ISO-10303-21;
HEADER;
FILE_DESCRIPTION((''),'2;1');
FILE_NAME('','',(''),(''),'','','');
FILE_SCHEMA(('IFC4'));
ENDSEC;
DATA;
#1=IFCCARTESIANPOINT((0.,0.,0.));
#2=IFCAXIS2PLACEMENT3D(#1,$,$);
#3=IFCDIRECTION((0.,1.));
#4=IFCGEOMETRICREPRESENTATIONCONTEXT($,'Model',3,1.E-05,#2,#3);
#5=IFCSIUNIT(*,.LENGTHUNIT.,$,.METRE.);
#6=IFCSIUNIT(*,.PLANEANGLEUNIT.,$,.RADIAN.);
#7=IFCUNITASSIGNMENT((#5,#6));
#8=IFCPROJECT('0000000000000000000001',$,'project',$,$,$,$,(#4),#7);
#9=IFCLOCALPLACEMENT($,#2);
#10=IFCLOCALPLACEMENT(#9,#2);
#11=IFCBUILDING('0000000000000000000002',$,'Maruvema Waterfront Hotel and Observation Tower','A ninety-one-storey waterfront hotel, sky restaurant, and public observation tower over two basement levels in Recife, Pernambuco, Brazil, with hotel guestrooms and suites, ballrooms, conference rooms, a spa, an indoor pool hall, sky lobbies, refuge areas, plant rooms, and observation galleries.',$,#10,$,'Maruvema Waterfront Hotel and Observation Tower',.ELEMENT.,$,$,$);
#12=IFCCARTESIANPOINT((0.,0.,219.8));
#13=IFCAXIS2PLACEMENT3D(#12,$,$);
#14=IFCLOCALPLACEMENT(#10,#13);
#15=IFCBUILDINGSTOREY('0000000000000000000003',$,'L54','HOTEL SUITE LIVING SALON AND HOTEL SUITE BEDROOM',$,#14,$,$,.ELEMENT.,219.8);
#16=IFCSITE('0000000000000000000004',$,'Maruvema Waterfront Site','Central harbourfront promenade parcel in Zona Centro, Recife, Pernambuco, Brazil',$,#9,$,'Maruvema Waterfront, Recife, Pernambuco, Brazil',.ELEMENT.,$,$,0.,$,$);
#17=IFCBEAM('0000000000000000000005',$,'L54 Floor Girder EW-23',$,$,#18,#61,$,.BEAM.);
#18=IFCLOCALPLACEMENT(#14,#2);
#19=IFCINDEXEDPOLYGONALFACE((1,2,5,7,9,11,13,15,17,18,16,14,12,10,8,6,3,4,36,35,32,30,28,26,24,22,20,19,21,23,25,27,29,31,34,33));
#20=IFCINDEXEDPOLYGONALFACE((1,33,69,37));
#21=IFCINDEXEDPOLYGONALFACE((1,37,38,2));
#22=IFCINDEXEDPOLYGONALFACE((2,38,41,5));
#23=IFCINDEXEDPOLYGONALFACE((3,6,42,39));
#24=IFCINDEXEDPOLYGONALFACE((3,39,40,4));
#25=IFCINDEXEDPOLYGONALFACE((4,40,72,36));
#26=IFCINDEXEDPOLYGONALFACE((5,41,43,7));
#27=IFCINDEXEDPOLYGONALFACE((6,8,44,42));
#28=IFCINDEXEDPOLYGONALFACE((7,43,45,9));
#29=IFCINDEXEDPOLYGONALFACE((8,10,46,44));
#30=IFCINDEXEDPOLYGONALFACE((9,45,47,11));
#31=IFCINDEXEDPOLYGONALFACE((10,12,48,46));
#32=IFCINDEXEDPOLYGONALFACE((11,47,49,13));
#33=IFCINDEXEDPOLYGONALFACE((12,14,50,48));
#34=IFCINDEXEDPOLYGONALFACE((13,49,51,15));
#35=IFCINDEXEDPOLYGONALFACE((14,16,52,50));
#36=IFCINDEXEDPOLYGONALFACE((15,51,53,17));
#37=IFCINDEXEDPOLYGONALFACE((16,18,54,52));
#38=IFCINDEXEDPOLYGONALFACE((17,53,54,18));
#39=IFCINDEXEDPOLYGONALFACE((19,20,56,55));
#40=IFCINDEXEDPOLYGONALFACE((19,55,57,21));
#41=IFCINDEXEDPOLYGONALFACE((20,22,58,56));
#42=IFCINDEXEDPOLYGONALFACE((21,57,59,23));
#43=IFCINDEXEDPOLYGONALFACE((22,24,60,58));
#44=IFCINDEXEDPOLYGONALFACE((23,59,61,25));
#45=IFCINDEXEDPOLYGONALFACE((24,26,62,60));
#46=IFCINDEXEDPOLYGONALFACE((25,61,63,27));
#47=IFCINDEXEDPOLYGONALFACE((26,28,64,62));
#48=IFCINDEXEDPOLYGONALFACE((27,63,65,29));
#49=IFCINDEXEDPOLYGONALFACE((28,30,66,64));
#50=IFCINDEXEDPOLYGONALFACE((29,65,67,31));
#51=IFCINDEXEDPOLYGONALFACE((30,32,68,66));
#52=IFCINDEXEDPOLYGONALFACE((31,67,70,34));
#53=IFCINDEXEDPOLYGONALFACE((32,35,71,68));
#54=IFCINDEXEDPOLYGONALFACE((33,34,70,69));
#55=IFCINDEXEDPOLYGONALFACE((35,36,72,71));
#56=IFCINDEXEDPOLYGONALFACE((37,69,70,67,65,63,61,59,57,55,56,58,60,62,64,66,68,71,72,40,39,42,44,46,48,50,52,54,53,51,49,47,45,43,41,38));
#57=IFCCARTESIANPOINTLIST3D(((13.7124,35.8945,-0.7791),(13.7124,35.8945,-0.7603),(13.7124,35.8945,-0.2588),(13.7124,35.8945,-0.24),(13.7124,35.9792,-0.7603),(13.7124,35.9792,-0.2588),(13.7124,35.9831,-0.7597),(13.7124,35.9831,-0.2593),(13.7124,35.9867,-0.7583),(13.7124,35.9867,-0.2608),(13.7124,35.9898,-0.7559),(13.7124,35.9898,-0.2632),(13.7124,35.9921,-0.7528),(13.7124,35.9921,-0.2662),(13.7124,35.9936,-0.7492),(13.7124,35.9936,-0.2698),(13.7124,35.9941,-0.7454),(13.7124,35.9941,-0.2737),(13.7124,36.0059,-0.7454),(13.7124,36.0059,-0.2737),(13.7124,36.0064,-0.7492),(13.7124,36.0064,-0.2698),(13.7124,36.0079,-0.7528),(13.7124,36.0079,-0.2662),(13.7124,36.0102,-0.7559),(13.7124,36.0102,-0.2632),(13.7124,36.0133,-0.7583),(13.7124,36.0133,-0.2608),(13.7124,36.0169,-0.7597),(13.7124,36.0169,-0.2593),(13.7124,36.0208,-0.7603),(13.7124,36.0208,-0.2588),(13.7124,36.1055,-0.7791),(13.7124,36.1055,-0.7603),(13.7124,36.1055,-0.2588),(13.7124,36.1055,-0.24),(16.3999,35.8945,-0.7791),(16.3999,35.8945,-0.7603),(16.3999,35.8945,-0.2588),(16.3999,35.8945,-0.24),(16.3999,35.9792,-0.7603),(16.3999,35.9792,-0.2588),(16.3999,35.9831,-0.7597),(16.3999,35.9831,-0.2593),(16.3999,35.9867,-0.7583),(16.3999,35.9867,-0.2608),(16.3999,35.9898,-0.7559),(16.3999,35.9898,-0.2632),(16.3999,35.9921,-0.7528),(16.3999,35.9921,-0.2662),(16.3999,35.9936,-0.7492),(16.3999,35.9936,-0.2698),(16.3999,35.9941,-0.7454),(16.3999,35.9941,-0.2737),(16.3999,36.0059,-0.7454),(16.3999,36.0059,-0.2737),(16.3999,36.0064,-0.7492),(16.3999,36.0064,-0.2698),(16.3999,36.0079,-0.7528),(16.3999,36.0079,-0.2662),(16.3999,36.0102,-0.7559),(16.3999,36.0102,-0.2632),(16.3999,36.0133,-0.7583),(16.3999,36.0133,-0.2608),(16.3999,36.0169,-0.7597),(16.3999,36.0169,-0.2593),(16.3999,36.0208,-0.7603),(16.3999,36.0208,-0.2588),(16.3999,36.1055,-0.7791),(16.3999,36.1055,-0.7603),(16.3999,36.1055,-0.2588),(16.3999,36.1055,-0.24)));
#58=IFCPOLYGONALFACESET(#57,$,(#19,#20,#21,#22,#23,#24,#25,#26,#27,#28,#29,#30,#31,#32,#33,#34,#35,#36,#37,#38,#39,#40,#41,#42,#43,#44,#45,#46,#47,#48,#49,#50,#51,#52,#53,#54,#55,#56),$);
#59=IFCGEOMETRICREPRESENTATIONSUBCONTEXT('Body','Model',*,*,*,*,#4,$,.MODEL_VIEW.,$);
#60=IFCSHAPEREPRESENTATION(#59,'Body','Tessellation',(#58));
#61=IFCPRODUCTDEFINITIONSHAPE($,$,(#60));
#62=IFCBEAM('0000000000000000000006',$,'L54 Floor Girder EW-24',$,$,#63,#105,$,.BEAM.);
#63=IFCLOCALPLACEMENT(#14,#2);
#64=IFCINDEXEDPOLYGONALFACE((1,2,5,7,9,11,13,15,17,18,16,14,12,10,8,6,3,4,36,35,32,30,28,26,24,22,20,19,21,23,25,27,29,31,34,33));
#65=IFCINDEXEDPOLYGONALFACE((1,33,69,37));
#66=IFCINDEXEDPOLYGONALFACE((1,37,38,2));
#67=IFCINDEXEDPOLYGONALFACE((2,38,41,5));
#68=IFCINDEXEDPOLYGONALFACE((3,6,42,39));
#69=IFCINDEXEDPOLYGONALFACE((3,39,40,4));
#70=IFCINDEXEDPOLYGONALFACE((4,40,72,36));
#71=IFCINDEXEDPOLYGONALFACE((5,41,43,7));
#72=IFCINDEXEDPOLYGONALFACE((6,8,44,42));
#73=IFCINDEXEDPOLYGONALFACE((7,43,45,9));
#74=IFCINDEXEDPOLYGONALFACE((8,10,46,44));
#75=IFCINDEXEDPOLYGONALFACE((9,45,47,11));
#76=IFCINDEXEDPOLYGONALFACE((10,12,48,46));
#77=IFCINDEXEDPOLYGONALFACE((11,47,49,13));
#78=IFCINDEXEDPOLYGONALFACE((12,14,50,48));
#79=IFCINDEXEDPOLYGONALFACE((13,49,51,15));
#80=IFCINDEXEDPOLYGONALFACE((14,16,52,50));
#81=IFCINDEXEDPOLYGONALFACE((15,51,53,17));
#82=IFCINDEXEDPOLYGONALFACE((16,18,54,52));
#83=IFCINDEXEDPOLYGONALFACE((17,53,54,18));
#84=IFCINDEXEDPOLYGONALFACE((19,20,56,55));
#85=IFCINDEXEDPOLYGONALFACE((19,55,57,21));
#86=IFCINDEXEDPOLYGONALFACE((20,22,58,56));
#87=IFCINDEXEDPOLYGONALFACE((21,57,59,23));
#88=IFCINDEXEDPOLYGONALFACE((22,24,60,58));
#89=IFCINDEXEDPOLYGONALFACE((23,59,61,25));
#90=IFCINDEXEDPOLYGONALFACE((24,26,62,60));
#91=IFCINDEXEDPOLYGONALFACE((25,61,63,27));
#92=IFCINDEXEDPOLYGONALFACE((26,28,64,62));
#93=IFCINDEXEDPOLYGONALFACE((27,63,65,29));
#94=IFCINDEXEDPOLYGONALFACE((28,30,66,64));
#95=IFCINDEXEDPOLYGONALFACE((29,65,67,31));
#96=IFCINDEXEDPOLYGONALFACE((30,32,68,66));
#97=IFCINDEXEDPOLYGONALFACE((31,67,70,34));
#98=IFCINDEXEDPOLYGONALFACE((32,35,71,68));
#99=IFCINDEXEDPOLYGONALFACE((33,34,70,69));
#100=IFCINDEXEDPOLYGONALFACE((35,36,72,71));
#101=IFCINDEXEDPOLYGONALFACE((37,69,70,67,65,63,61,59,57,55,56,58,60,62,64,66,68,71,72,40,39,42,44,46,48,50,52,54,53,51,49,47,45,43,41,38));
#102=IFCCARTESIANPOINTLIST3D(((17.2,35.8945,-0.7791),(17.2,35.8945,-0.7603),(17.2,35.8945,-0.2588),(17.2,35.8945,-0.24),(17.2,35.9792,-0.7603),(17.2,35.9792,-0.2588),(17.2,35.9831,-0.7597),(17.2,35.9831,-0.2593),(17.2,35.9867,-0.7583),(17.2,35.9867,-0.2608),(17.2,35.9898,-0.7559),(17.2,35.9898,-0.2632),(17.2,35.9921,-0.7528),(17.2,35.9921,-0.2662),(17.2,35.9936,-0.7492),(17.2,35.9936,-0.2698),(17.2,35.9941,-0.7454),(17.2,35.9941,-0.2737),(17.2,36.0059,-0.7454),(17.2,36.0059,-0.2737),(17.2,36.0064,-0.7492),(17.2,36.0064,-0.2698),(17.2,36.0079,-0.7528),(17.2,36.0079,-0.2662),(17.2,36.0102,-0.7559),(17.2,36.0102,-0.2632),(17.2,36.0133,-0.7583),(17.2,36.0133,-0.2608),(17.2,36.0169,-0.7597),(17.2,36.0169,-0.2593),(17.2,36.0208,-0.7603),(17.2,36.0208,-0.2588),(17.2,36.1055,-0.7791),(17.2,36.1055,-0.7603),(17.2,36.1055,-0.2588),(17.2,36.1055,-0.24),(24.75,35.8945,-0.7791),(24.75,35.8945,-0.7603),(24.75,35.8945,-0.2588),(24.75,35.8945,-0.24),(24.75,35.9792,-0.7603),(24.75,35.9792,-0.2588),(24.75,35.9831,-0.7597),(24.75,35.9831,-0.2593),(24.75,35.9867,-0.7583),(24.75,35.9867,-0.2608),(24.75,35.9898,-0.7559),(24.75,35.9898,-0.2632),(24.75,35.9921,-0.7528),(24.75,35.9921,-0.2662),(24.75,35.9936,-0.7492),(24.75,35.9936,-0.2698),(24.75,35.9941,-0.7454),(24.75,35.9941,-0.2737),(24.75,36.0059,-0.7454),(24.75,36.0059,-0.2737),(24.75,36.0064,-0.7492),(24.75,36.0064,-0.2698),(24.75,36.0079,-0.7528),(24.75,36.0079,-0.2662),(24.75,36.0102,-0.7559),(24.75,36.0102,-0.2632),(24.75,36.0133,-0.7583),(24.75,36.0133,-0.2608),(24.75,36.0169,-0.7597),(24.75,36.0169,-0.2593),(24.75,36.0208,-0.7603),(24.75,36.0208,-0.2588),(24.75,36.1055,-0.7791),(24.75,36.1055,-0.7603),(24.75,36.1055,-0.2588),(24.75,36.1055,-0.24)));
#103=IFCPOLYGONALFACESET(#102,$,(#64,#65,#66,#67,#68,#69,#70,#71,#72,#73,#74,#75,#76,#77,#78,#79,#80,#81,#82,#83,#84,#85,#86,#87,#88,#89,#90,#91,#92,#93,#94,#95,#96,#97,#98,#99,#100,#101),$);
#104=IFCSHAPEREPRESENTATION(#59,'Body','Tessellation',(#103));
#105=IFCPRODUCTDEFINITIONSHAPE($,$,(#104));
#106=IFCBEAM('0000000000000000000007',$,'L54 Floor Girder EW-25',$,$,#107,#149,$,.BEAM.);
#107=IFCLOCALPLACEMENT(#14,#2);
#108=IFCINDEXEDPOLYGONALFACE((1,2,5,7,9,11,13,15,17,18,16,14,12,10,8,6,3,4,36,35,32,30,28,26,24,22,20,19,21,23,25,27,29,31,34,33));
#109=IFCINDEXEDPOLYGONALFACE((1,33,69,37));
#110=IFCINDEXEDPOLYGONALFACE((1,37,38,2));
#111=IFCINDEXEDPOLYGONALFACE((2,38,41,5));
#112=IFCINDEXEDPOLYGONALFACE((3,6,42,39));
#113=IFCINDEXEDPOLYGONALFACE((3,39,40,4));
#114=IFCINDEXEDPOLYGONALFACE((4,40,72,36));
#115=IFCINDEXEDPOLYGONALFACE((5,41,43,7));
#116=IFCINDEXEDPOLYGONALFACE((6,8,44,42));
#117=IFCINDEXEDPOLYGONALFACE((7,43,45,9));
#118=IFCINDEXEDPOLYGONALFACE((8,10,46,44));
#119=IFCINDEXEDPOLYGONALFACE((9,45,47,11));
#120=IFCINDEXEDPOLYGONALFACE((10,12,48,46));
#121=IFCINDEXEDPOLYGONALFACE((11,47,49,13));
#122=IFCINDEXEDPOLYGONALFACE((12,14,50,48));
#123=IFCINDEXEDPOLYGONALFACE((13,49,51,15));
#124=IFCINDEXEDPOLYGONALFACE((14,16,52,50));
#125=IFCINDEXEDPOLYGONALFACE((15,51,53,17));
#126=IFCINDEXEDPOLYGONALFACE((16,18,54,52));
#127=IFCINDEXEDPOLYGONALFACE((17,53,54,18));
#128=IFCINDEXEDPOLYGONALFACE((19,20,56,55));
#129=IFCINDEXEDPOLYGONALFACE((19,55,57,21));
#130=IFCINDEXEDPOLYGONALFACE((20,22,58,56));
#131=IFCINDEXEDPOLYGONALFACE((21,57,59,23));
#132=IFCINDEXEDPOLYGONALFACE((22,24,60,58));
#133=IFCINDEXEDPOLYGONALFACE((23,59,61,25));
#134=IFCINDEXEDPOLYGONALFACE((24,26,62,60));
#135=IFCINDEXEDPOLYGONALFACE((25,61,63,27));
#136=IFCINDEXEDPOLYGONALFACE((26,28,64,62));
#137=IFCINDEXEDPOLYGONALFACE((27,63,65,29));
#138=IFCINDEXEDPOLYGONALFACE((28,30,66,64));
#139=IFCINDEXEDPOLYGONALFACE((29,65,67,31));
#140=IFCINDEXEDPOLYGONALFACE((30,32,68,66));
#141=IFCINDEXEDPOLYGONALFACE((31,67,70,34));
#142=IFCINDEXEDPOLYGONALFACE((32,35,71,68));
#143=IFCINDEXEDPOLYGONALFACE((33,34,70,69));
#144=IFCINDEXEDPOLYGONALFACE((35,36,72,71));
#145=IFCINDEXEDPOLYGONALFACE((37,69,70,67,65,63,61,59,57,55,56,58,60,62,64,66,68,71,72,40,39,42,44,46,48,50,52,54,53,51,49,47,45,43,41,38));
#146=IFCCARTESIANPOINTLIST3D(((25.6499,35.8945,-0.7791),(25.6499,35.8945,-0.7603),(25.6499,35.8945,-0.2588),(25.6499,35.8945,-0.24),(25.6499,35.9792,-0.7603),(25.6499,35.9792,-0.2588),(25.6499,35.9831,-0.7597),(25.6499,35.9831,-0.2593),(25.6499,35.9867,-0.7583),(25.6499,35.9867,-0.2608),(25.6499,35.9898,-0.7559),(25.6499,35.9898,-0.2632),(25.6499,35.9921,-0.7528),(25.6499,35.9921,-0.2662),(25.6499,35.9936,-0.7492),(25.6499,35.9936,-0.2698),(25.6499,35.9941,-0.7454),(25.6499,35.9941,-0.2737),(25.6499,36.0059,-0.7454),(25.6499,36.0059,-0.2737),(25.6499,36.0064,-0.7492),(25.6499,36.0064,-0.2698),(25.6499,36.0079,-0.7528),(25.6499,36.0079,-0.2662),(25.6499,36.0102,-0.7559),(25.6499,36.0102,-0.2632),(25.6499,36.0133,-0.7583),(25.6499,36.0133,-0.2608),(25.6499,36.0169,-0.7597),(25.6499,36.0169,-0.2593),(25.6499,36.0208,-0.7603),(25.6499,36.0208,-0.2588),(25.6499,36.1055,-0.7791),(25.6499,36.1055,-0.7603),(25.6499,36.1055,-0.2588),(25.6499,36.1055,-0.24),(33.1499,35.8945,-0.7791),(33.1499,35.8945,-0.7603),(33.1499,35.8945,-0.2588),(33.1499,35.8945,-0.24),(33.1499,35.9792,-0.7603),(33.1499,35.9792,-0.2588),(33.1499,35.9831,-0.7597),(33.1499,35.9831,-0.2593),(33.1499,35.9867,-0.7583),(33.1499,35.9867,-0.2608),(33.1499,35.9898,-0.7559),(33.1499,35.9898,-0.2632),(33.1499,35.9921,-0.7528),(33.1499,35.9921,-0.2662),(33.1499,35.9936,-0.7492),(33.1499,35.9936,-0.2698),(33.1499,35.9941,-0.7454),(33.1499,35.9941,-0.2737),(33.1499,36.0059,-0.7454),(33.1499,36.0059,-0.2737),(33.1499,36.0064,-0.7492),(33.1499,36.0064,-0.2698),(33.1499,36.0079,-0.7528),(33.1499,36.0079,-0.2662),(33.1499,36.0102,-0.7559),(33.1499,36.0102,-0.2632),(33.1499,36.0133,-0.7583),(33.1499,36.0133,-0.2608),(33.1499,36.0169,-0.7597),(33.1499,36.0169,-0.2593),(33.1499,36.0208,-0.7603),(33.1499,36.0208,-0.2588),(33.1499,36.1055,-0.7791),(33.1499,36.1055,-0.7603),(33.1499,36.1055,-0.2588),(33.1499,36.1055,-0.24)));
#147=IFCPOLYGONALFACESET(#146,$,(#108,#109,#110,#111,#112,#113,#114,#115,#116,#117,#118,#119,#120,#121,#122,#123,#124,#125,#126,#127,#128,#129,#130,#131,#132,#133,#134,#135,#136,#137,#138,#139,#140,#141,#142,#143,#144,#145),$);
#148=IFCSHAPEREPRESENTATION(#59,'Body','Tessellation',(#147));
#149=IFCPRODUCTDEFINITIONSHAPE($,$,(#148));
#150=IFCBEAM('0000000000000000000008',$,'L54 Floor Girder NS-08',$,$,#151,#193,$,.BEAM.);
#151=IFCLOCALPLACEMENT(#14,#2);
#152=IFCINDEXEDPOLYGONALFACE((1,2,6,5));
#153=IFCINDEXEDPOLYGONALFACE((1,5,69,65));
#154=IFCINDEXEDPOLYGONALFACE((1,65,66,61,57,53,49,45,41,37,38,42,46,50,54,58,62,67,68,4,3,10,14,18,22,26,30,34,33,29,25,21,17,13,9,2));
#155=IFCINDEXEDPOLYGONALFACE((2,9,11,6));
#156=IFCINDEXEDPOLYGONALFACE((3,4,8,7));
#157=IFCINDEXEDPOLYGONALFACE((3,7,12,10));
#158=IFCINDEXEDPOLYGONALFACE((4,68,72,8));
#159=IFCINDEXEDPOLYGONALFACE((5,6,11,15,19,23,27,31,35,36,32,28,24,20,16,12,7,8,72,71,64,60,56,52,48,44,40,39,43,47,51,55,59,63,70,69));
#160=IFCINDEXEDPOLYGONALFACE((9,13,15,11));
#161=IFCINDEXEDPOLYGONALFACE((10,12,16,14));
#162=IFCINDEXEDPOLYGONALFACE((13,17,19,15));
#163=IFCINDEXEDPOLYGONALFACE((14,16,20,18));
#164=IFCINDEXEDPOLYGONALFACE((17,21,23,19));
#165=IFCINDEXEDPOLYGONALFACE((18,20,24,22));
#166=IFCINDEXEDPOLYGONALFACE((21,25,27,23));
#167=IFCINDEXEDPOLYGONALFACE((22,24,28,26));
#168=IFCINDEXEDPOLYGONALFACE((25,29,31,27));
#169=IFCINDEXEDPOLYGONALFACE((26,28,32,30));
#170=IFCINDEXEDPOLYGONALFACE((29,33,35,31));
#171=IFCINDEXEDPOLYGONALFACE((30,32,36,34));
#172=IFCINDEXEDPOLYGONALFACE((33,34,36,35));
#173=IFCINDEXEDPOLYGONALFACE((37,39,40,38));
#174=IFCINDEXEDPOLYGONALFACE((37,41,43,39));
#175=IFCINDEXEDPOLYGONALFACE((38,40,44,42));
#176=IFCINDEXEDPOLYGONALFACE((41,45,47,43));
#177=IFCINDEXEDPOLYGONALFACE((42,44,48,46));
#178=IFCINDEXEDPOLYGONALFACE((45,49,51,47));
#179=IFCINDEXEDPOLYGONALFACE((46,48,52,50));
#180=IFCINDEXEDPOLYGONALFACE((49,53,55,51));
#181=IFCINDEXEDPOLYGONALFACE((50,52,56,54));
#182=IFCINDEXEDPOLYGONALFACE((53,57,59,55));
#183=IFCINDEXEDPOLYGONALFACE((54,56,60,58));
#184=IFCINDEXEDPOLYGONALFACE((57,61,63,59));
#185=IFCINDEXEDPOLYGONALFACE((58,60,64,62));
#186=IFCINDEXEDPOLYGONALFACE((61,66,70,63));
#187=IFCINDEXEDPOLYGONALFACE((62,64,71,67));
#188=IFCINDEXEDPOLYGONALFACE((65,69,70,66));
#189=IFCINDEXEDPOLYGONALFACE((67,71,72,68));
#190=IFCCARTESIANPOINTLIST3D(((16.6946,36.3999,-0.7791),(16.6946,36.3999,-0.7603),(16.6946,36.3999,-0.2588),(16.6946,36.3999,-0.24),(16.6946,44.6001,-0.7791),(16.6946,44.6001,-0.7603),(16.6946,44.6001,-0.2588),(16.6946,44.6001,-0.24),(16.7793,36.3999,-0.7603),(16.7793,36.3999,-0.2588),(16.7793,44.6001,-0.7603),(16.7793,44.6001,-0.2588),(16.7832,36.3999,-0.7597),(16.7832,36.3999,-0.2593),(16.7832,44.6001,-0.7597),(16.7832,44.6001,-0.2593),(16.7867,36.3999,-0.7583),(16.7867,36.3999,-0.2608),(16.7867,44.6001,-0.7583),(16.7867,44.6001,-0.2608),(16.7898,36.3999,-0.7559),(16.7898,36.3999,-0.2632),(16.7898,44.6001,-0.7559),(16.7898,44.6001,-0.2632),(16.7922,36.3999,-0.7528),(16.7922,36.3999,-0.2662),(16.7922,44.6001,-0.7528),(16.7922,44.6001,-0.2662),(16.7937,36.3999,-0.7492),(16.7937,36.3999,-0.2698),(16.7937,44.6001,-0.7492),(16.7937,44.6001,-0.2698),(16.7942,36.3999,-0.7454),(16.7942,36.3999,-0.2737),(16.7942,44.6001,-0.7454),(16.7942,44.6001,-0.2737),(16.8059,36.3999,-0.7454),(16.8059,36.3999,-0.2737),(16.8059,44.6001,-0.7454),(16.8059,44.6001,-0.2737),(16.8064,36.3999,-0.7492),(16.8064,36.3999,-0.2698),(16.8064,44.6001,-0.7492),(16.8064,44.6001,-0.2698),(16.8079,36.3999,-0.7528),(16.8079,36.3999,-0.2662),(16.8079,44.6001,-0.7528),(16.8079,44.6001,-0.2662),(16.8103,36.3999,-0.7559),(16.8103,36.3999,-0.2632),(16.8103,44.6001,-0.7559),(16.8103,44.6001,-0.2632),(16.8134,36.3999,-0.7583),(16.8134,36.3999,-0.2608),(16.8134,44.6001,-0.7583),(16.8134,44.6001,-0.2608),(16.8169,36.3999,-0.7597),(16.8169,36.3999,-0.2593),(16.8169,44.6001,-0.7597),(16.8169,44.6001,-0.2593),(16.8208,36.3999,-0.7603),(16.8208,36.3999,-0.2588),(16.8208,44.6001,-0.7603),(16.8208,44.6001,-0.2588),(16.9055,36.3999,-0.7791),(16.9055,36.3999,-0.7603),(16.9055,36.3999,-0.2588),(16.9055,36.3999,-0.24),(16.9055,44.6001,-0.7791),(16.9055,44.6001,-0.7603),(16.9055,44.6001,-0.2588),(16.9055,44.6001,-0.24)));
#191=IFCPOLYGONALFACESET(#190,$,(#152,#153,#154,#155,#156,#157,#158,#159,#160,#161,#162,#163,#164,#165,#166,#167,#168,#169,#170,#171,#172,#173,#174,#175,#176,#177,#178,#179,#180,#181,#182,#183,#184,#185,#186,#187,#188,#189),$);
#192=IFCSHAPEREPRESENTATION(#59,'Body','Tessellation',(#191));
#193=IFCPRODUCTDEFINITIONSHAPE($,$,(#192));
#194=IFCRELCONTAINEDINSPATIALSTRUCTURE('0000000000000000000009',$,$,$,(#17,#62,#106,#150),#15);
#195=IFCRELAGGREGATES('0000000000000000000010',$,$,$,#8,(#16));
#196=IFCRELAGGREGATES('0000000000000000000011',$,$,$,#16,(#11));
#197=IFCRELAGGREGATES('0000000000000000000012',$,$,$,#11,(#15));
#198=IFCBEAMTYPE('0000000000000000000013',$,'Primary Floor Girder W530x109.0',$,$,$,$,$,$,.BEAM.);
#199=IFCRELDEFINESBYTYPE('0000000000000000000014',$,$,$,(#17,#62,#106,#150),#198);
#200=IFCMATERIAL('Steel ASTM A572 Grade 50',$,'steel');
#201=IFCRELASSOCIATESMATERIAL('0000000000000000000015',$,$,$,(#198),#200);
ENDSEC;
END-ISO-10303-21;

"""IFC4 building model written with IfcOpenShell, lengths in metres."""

from ifc_helpers import new_model, si_unit, direction, frame, origin, origin_2d, place, context, subcontext, project, spatial, i_section, extrude, material, material_profile, profile_set, type_object, element, save


model = new_model("IFC4")

# Units and contexts
model_context = context("Model", 3, precision=1e-05, world=origin(), true_north=direction((0.0, 1.0)))
body_context = subcontext(model_context, "Body", "Model", "MODEL_VIEW")
ifc_project = project(units=[si_unit("LENGTHUNIT", "METRE"), si_unit("PLANEANGLEUNIT", "RADIAN")], contexts=[model_context])

# Site, building, storey
site_placement = place(None, origin())
site = spatial("IfcSite", under=ifc_project, at=site_placement, Name="Maruvema Waterfront Site", Description="Central harbourfront promenade parcel in Zona Centro, Recife, Pernambuco, Brazil", LongName="Maruvema Waterfront, Recife, Pernambuco, Brazil", CompositionType="ELEMENT", RefElevation=0.0)
building_placement = place(site_placement, origin())
building = spatial("IfcBuilding", under=site, at=building_placement, Name="Maruvema Waterfront Hotel and Observation Tower", Description="A ninety-one-storey waterfront hotel, sky restaurant, and public observation tower over two basement levels in Recife, Pernambuco, Brazil, with hotel guestrooms and suites, ballrooms, conference rooms, a spa, an indoor pool hall, sky lobbies, refuge areas, plant rooms, and observation galleries.", LongName="Maruvema Waterfront Hotel and Observation Tower", CompositionType="ELEMENT")
storey_placement = place(building_placement, frame((0.0, 0.0, 219.8)))
storey = spatial("IfcBuildingStorey", under=building, at=storey_placement, Name="L54", Description="HOTEL SUITE LIVING SALON AND HOTEL SUITE BEDROOM", CompositionType="ELEMENT", Elevation=219.8)

# Beams
ifc_material_1 = material(Name="Steel ASTM A572 Grade 50", Category="steel")
ifc_material_profile_1 = material_profile(ifc_material_1, i_section(OverallWidth=0.2109, OverallDepth=0.5391, WebThickness=0.0117, FlangeThickness=0.0188, FilletRadius=0.0149, at=origin_2d()), Name="W530x109.0")
ifc_profile_set_1 = profile_set([ifc_material_profile_1], Name="Steel ASTM A572 Grade 50")
beam_type_1 = type_object("IfcBeamType", Name="Primary Floor Girder W530x109.0", PredefinedType="BEAM", material=ifc_profile_set_1)
beam_1_placement = place(storey_placement, frame((13.7124, 36.0, -0.5095), z_axis=(1.0, 0.0, 0.0), x_axis=(0.0, 1.0, 0.0)))
element("IfcBeam", 1, at=beam_1_placement, inside=storey, type_object=beam_type_1, Name="L54 Floor Girder EW-23", PredefinedType="BEAM", context=body_context, shape_type="SweptSolid", body=[
    extrude(i_section(OverallWidth=0.2109, OverallDepth=0.5391, WebThickness=0.0117, FlangeThickness=0.0188, FilletRadius=0.0149, at=origin_2d()), origin(), (0.0, 0.0, 1.0), 2.6875),
])
beam_2_placement = place(storey_placement, frame((17.2, 36.0, -0.5095), z_axis=(1.0, 0.0, 0.0), x_axis=(0.0, 1.0, 0.0)))
element("IfcBeam", 2, at=beam_2_placement, inside=storey, type_object=beam_type_1, Name="L54 Floor Girder EW-24", PredefinedType="BEAM", context=body_context, shape_type="SweptSolid", body=[
    extrude(i_section(OverallWidth=0.2109, OverallDepth=0.5391, WebThickness=0.0117, FlangeThickness=0.0188, FilletRadius=0.0149, at=origin_2d()), origin(), (0.0, 0.0, 1.0), 7.55),
])
beam_3_placement = place(storey_placement, frame((25.6499, 36.0, -0.5095), z_axis=(1.0, 0.0, 0.0), x_axis=(0.0, 1.0, 0.0)))
element("IfcBeam", 3, at=beam_3_placement, inside=storey, type_object=beam_type_1, Name="L54 Floor Girder EW-25", PredefinedType="BEAM", context=body_context, shape_type="SweptSolid", body=[
    extrude(i_section(OverallWidth=0.2109, OverallDepth=0.5391, WebThickness=0.0117, FlangeThickness=0.0188, FilletRadius=0.0149, at=origin_2d()), origin(), (0.0, 0.0, 1.0), 7.5),
])
beam_4_placement = place(storey_placement, frame((16.8, 36.3999, -0.5095), z_axis=(0.0, 1.0, 0.0), x_axis=(-1.0, 0.0, 0.0)))
element("IfcBeam", 4, at=beam_4_placement, inside=storey, type_object=beam_type_1, Name="L54 Floor Girder NS-08", PredefinedType="BEAM", context=body_context, shape_type="SweptSolid", body=[
    extrude(i_section(OverallWidth=0.2109, OverallDepth=0.5391, WebThickness=0.0117, FlangeThickness=0.0188, FilletRadius=0.0149, at=origin_2d()), origin(), (0.0, 0.0, 1.0), 8.2002),
])

save(model, "model.ifc")
